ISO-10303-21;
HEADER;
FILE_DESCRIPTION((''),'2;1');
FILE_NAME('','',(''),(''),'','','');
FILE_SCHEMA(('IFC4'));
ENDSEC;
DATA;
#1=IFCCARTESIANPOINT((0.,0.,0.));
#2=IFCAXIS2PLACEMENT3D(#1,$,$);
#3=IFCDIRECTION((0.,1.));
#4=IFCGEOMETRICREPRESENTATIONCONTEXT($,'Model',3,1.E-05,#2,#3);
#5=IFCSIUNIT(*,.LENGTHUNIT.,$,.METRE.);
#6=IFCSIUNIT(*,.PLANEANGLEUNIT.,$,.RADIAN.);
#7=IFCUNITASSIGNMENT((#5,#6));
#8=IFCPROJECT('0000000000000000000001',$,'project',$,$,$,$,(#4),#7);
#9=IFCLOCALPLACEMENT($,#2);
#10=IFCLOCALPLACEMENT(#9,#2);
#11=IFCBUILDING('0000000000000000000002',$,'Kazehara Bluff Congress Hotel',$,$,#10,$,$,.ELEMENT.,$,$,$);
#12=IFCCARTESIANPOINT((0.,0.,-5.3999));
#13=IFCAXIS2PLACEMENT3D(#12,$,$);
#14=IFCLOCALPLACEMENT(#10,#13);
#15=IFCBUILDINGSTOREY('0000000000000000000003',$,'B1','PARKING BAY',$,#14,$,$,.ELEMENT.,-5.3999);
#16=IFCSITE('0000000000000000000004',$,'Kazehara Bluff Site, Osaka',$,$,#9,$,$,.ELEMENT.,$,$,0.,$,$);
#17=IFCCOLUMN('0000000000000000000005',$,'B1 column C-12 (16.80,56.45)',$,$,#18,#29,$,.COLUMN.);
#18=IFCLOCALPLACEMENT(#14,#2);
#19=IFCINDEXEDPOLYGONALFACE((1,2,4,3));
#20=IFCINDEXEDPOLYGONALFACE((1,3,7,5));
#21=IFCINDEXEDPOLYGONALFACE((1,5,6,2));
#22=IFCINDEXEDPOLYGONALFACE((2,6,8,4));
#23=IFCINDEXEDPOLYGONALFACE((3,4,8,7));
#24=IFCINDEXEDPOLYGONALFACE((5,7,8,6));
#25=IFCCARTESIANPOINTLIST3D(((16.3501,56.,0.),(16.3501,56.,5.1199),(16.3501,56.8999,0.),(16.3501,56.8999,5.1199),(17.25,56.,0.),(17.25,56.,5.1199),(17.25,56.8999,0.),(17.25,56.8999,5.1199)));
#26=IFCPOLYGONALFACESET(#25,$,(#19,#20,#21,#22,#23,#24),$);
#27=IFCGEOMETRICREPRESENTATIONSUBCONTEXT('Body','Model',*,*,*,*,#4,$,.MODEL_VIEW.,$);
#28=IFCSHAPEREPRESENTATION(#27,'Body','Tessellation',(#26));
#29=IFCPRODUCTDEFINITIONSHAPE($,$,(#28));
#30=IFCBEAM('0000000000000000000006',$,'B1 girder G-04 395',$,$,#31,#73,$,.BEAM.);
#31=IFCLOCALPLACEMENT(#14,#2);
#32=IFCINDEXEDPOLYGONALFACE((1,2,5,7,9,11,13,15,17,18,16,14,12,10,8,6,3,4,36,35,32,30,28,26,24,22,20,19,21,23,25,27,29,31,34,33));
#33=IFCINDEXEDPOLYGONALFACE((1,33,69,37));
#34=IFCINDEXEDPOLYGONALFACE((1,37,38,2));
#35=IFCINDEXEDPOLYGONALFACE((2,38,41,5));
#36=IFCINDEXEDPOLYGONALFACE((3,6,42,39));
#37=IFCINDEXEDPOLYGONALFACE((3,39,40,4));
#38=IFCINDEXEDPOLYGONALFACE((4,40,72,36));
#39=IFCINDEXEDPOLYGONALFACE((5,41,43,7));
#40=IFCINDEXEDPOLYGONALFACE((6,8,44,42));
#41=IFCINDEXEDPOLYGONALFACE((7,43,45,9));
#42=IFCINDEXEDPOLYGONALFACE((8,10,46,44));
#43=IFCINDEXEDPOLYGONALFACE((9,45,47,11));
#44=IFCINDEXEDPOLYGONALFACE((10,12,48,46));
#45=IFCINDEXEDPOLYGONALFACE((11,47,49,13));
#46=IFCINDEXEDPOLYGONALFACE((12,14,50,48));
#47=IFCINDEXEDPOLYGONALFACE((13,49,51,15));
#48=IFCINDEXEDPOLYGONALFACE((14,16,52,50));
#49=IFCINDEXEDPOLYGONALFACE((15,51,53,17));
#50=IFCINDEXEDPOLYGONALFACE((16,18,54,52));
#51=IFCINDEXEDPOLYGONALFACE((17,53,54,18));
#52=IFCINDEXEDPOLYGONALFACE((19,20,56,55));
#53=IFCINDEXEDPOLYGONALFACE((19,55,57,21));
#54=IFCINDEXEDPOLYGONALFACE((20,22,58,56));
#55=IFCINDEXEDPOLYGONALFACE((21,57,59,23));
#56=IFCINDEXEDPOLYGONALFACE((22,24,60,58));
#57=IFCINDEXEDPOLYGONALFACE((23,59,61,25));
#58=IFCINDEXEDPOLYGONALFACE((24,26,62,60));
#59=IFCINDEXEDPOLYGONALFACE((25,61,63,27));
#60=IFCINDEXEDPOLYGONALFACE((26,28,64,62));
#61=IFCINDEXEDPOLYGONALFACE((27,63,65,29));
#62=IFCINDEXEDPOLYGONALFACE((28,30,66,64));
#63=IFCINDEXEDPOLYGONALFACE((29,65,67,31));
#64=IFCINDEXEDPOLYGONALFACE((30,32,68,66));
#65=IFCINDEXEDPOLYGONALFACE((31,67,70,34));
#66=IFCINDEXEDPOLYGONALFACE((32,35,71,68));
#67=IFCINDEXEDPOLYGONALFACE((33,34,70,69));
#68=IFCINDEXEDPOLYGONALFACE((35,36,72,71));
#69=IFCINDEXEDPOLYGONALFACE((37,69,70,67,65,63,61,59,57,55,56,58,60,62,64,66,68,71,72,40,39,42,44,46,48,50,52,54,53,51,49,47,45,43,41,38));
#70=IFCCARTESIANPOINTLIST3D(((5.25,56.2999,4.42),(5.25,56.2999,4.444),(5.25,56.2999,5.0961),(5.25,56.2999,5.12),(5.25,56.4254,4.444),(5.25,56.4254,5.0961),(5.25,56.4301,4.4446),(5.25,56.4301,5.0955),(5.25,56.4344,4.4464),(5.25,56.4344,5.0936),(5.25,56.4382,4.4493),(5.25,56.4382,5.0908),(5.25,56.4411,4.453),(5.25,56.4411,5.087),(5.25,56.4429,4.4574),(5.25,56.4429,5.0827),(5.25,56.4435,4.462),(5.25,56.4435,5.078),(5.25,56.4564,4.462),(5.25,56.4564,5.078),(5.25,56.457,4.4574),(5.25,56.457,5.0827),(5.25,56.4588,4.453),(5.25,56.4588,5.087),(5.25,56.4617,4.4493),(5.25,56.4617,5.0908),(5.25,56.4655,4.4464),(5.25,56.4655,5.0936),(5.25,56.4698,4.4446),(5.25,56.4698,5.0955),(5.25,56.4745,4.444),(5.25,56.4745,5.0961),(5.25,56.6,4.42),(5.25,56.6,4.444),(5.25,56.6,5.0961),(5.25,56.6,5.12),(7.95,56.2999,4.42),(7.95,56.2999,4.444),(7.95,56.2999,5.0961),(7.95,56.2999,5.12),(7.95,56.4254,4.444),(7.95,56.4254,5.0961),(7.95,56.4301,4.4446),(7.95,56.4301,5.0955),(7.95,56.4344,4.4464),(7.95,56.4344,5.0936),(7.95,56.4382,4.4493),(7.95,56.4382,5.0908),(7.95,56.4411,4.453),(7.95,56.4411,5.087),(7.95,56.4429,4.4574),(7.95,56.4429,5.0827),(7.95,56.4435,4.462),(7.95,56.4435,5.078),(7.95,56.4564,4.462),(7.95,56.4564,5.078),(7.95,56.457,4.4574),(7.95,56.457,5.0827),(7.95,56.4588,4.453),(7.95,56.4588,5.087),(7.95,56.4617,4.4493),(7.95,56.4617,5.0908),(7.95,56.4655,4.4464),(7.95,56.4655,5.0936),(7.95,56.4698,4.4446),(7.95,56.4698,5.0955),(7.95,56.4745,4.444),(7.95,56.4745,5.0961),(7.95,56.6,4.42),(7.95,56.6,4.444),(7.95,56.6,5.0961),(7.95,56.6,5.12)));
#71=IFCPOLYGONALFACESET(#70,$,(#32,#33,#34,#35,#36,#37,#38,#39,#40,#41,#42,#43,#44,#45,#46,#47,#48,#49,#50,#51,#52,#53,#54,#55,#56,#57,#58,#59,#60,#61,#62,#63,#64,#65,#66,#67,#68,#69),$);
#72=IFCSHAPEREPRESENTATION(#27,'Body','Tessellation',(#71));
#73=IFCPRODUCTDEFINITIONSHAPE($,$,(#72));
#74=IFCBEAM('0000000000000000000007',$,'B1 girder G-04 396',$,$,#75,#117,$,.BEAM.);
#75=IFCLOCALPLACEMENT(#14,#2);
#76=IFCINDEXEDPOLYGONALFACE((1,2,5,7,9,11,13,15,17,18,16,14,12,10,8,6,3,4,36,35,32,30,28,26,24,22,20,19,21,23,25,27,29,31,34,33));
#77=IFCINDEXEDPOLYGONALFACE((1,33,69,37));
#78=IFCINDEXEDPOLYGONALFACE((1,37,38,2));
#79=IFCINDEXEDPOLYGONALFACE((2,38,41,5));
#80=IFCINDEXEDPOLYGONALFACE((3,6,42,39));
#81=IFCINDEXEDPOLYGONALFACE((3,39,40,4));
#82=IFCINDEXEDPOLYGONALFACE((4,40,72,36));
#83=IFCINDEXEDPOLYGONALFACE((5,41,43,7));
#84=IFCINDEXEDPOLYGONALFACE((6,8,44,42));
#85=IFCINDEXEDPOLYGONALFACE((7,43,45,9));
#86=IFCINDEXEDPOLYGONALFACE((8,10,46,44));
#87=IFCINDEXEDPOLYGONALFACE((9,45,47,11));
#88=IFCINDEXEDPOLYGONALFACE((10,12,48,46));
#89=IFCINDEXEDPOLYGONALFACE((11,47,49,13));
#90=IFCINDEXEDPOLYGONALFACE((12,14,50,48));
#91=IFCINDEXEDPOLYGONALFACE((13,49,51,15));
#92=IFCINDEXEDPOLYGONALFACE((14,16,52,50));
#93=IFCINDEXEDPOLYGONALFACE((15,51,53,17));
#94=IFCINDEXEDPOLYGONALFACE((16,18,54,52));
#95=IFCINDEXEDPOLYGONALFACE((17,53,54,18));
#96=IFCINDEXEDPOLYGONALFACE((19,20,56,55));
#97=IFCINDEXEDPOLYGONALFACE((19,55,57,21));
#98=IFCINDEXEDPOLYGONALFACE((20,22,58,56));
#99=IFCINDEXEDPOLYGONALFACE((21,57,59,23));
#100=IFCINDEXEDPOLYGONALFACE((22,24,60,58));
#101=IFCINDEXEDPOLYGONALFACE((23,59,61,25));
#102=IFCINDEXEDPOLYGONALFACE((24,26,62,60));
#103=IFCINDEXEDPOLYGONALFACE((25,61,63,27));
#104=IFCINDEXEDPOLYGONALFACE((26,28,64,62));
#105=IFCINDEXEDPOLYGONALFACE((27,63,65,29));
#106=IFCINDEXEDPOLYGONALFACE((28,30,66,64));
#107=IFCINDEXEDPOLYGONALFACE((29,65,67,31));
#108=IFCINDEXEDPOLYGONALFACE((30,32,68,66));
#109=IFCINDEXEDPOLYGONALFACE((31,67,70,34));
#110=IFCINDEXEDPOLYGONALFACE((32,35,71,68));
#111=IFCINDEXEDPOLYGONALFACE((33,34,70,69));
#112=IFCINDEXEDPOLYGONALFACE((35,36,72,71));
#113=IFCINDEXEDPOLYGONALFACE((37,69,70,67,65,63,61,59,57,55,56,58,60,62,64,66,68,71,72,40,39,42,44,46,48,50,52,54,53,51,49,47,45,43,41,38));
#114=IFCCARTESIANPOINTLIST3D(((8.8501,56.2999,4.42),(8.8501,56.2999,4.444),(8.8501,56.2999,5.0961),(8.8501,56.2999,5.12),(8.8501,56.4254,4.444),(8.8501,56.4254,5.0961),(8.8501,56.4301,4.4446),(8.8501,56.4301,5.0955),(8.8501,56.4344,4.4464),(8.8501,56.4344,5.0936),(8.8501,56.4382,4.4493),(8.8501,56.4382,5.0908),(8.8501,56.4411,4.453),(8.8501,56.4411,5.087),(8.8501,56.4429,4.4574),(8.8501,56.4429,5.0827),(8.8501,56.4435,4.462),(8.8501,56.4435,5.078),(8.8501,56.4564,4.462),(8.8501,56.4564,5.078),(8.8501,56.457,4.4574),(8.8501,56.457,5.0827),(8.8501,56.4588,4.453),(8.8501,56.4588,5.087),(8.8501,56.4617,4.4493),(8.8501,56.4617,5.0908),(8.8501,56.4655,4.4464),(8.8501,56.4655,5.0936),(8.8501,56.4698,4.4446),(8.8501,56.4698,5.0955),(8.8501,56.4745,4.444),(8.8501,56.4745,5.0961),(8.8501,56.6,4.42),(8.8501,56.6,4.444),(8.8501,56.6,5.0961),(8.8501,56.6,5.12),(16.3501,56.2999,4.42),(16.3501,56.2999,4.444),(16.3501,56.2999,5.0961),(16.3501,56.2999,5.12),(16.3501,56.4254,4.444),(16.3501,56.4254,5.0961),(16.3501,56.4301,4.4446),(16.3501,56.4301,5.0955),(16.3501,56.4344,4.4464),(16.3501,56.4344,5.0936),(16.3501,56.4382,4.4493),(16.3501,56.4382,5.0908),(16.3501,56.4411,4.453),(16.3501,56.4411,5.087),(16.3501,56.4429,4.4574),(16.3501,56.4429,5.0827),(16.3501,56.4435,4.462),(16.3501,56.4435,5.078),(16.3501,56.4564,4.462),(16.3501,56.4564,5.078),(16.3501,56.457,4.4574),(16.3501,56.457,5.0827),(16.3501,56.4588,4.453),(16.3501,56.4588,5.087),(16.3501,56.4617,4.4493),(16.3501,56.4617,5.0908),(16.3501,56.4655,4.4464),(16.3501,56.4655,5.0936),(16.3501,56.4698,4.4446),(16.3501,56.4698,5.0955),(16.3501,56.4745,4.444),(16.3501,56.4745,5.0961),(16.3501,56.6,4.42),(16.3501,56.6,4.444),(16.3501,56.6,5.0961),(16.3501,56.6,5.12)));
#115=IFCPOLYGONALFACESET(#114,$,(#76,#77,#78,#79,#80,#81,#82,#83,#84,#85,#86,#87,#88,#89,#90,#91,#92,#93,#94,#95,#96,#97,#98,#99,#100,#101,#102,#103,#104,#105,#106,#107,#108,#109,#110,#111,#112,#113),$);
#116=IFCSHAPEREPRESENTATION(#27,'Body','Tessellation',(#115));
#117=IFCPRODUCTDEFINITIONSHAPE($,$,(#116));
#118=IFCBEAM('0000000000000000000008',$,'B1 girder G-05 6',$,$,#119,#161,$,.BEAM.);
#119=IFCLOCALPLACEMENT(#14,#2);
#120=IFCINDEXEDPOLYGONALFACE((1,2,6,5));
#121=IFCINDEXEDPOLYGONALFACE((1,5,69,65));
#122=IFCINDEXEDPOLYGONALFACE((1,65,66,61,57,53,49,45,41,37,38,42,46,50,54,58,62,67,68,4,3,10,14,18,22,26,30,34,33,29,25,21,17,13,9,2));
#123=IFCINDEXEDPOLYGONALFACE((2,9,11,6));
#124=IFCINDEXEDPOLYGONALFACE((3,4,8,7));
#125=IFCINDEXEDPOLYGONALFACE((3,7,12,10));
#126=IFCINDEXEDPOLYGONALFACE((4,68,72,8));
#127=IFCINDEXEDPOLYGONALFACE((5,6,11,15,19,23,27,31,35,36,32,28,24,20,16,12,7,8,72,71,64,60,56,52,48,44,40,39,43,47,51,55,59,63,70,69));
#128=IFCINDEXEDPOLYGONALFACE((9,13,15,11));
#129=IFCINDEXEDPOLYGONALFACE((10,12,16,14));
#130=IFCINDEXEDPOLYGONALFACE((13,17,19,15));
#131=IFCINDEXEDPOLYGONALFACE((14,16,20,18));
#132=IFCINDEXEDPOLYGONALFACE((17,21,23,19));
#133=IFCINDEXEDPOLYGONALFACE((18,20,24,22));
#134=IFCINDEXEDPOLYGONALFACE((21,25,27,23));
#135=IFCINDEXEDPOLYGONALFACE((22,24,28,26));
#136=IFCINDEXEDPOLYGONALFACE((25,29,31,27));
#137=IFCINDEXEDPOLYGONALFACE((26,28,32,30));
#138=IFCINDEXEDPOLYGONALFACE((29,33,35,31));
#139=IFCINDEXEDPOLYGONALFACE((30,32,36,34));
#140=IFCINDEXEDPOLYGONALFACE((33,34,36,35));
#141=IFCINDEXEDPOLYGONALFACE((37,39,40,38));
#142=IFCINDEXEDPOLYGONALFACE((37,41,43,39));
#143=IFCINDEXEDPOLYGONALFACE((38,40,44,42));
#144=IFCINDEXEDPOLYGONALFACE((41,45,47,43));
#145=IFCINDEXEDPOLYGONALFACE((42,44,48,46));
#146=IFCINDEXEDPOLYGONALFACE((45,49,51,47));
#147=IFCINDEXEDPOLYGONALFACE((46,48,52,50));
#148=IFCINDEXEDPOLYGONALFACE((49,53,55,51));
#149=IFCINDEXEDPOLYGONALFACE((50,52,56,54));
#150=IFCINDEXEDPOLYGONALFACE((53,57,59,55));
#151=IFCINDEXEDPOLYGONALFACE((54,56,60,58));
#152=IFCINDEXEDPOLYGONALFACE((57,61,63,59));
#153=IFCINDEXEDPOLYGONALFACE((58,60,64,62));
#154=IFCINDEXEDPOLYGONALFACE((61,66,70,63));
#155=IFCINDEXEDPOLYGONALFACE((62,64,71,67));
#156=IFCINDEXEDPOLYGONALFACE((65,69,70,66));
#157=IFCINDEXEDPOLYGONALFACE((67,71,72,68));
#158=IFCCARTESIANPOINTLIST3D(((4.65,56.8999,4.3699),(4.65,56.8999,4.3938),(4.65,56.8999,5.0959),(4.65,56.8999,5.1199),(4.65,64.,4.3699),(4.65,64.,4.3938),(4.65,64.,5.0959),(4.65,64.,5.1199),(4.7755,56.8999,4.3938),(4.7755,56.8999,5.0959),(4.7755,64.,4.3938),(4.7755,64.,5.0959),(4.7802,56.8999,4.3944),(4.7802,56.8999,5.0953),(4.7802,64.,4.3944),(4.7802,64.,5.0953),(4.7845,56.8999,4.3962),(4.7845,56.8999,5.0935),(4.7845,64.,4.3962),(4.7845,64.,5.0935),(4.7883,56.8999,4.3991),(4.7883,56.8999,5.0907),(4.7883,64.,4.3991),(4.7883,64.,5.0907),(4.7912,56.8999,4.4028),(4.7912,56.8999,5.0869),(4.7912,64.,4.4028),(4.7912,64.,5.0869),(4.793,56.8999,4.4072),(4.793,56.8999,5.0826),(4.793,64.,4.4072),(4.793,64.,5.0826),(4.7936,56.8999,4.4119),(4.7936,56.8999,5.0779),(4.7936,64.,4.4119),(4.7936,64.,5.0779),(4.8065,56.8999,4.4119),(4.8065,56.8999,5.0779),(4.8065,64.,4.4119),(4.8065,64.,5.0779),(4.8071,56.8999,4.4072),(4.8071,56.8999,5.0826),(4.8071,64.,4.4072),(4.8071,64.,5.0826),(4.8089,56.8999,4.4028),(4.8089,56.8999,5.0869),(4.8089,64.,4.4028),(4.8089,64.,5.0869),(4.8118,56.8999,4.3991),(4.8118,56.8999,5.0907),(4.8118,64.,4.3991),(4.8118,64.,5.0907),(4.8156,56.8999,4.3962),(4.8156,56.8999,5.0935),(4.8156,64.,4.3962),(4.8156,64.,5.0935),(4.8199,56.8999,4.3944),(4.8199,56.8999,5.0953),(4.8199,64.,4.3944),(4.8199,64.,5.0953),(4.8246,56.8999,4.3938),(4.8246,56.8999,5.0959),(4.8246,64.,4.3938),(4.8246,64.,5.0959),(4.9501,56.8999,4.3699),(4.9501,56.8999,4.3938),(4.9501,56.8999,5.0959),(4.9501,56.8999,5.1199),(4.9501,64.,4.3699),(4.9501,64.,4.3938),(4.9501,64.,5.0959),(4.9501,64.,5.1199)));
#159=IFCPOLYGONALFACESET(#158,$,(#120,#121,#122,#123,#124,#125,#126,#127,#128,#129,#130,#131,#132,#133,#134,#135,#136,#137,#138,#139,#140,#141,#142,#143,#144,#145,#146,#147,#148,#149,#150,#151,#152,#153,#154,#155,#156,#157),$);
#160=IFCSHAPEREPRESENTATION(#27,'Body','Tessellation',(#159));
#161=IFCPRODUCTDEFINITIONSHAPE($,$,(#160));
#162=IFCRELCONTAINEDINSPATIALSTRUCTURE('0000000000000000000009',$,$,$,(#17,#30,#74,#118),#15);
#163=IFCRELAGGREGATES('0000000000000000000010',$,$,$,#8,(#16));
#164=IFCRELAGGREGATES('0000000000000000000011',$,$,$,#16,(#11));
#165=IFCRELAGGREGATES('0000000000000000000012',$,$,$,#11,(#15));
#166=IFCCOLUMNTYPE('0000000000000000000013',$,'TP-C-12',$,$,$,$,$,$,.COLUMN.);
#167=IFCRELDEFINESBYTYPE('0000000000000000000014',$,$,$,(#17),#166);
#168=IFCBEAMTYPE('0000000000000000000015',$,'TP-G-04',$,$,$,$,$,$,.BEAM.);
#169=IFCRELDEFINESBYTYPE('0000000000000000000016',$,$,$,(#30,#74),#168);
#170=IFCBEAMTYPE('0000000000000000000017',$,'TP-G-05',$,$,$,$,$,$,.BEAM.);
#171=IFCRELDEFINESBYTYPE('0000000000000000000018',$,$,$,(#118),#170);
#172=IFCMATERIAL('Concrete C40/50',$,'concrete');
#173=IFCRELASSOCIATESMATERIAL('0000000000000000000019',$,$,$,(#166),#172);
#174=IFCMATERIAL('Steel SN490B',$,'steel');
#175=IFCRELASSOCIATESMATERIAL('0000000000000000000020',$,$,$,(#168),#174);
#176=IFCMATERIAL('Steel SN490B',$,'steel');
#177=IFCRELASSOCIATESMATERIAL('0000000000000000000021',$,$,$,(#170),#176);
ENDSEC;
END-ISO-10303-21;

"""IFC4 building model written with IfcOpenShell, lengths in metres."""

from ifc_helpers import new_model, si_unit, direction, frame, origin, origin_2d, place, context, subcontext, project, spatial, rectangle, i_section, extrude, material, material_profile, profile_set, type_object, element, save


model = new_model("IFC4")

# Units and contexts
model_context = context("Model", 3, precision=1e-05, world=origin(), true_north=direction((0.0, 1.0)))
body_context = subcontext(model_context, "Body", "Model", "MODEL_VIEW")
ifc_project = project(units=[si_unit("LENGTHUNIT", "METRE"), si_unit("PLANEANGLEUNIT", "RADIAN")], contexts=[model_context])

# Site, building, storey
site_placement = place(None, origin())
site = spatial("IfcSite", under=ifc_project, at=site_placement, Name="Kazehara Bluff Site, Osaka", CompositionType="ELEMENT", RefElevation=0.0)
building_placement = place(site_placement, origin())
building = spatial("IfcBuilding", under=site, at=building_placement, Name="Kazehara Bluff Congress Hotel", CompositionType="ELEMENT")
storey_placement = place(building_placement, frame((0.0, 0.0, -5.3999)))
storey = spatial("IfcBuildingStorey", under=building, at=storey_placement, Name="B1", Description="PARKING BAY", CompositionType="ELEMENT", Elevation=-5.3999)

# Column
ifc_material_1 = material(Name="Concrete C40/50", Category="concrete")
ifc_material_profile_1 = material_profile(ifc_material_1, rectangle(XDim=0.8999, YDim=0.8999, at=origin_2d()))
ifc_profile_set_1 = profile_set([ifc_material_profile_1], Name="Concrete C40/50")
column_type_1 = type_object("IfcColumnType", Name="TP-C-12", PredefinedType="COLUMN", material=ifc_profile_set_1)
column_placement = place(storey_placement, frame((16.8, 56.45, 0.0), z_axis=(0.0, 0.0, 1.0), x_axis=(1.0, 0.0, 0.0)))
element("IfcColumn", 1, at=column_placement, inside=storey, type_object=column_type_1, Name="B1 column C-12 (16.80,56.45)", PredefinedType="COLUMN", context=body_context, shape_type="SweptSolid", body=[
    extrude(rectangle(XDim=0.8999, YDim=0.8999, at=origin_2d()), origin(), (0.0, 0.0, 1.0), 5.1199),
])

# Beams
ifc_material_2 = material(Name="Steel SN490B", Category="steel")
ifc_material_profile_2 = material_profile(ifc_material_2, i_section(OverallWidth=0.3, OverallDepth=0.7, WebThickness=0.0129, FlangeThickness=0.0239, FilletRadius=0.0181, at=origin_2d()))
ifc_profile_set_2 = profile_set([ifc_material_profile_2], Name="Steel SN490B")
beam_type_1 = type_object("IfcBeamType", Name="TP-G-04", PredefinedType="BEAM", material=ifc_profile_set_2)
beam_1_placement = place(storey_placement, frame((5.25, 56.45, 4.77), z_axis=(1.0, 0.0, 0.0), x_axis=(0.0, 1.0, 0.0)))
element("IfcBeam", 2, at=beam_1_placement, inside=storey, type_object=beam_type_1, Name="B1 girder G-04 395", PredefinedType="BEAM", context=body_context, shape_type="SweptSolid", body=[
    extrude(i_section(OverallWidth=0.3, OverallDepth=0.7, WebThickness=0.0129, FlangeThickness=0.0239, FilletRadius=0.0181, at=origin_2d()), origin(), (0.0, 0.0, 1.0), 2.7),
])
beam_2_placement = place(storey_placement, frame((8.8501, 56.45, 4.77), z_axis=(1.0, 0.0, 0.0), x_axis=(0.0, 1.0, 0.0)))
element("IfcBeam", 3, at=beam_2_placement, inside=storey, type_object=beam_type_1, Name="B1 girder G-04 396", PredefinedType="BEAM", context=body_context, shape_type="SweptSolid", body=[
    extrude(i_section(OverallWidth=0.3, OverallDepth=0.7, WebThickness=0.0129, FlangeThickness=0.0239, FilletRadius=0.0181, at=origin_2d()), origin(), (0.0, 0.0, 1.0), 7.5),
])
ifc_material_3 = material(Name="Steel SN490B", Category="steel")
ifc_material_profile_3 = material_profile(ifc_material_3, i_section(OverallWidth=0.3, OverallDepth=0.75, WebThickness=0.0129, FlangeThickness=0.0239, FilletRadius=0.0181, at=origin_2d()))
ifc_profile_set_3 = profile_set([ifc_material_profile_3], Name="Steel SN490B")
beam_type_2 = type_object("IfcBeamType", Name="TP-G-05", PredefinedType="BEAM", material=ifc_profile_set_3)
for number, where, z_axis, x_axis, name in (
    (4, (4.8, 56.8999, 4.7449), (0.0, 1.0, 0.0), (-1.0, 0.0, 0.0), "B1 girder G-05 6"),
):
    element("IfcBeam", number, at=place(storey_placement, frame(where, z_axis=z_axis, x_axis=x_axis)), inside=storey, type_object=beam_type_2, Name=name, PredefinedType="BEAM", context=body_context, shape_type="SweptSolid", body=[
        extrude(i_section(OverallWidth=0.3, OverallDepth=0.75, WebThickness=0.0129, FlangeThickness=0.0239, FilletRadius=0.0181, at=origin_2d()), origin(), (0.0, 0.0, 1.0), 7.1001),
    ])

save(model, "model.ifc")
